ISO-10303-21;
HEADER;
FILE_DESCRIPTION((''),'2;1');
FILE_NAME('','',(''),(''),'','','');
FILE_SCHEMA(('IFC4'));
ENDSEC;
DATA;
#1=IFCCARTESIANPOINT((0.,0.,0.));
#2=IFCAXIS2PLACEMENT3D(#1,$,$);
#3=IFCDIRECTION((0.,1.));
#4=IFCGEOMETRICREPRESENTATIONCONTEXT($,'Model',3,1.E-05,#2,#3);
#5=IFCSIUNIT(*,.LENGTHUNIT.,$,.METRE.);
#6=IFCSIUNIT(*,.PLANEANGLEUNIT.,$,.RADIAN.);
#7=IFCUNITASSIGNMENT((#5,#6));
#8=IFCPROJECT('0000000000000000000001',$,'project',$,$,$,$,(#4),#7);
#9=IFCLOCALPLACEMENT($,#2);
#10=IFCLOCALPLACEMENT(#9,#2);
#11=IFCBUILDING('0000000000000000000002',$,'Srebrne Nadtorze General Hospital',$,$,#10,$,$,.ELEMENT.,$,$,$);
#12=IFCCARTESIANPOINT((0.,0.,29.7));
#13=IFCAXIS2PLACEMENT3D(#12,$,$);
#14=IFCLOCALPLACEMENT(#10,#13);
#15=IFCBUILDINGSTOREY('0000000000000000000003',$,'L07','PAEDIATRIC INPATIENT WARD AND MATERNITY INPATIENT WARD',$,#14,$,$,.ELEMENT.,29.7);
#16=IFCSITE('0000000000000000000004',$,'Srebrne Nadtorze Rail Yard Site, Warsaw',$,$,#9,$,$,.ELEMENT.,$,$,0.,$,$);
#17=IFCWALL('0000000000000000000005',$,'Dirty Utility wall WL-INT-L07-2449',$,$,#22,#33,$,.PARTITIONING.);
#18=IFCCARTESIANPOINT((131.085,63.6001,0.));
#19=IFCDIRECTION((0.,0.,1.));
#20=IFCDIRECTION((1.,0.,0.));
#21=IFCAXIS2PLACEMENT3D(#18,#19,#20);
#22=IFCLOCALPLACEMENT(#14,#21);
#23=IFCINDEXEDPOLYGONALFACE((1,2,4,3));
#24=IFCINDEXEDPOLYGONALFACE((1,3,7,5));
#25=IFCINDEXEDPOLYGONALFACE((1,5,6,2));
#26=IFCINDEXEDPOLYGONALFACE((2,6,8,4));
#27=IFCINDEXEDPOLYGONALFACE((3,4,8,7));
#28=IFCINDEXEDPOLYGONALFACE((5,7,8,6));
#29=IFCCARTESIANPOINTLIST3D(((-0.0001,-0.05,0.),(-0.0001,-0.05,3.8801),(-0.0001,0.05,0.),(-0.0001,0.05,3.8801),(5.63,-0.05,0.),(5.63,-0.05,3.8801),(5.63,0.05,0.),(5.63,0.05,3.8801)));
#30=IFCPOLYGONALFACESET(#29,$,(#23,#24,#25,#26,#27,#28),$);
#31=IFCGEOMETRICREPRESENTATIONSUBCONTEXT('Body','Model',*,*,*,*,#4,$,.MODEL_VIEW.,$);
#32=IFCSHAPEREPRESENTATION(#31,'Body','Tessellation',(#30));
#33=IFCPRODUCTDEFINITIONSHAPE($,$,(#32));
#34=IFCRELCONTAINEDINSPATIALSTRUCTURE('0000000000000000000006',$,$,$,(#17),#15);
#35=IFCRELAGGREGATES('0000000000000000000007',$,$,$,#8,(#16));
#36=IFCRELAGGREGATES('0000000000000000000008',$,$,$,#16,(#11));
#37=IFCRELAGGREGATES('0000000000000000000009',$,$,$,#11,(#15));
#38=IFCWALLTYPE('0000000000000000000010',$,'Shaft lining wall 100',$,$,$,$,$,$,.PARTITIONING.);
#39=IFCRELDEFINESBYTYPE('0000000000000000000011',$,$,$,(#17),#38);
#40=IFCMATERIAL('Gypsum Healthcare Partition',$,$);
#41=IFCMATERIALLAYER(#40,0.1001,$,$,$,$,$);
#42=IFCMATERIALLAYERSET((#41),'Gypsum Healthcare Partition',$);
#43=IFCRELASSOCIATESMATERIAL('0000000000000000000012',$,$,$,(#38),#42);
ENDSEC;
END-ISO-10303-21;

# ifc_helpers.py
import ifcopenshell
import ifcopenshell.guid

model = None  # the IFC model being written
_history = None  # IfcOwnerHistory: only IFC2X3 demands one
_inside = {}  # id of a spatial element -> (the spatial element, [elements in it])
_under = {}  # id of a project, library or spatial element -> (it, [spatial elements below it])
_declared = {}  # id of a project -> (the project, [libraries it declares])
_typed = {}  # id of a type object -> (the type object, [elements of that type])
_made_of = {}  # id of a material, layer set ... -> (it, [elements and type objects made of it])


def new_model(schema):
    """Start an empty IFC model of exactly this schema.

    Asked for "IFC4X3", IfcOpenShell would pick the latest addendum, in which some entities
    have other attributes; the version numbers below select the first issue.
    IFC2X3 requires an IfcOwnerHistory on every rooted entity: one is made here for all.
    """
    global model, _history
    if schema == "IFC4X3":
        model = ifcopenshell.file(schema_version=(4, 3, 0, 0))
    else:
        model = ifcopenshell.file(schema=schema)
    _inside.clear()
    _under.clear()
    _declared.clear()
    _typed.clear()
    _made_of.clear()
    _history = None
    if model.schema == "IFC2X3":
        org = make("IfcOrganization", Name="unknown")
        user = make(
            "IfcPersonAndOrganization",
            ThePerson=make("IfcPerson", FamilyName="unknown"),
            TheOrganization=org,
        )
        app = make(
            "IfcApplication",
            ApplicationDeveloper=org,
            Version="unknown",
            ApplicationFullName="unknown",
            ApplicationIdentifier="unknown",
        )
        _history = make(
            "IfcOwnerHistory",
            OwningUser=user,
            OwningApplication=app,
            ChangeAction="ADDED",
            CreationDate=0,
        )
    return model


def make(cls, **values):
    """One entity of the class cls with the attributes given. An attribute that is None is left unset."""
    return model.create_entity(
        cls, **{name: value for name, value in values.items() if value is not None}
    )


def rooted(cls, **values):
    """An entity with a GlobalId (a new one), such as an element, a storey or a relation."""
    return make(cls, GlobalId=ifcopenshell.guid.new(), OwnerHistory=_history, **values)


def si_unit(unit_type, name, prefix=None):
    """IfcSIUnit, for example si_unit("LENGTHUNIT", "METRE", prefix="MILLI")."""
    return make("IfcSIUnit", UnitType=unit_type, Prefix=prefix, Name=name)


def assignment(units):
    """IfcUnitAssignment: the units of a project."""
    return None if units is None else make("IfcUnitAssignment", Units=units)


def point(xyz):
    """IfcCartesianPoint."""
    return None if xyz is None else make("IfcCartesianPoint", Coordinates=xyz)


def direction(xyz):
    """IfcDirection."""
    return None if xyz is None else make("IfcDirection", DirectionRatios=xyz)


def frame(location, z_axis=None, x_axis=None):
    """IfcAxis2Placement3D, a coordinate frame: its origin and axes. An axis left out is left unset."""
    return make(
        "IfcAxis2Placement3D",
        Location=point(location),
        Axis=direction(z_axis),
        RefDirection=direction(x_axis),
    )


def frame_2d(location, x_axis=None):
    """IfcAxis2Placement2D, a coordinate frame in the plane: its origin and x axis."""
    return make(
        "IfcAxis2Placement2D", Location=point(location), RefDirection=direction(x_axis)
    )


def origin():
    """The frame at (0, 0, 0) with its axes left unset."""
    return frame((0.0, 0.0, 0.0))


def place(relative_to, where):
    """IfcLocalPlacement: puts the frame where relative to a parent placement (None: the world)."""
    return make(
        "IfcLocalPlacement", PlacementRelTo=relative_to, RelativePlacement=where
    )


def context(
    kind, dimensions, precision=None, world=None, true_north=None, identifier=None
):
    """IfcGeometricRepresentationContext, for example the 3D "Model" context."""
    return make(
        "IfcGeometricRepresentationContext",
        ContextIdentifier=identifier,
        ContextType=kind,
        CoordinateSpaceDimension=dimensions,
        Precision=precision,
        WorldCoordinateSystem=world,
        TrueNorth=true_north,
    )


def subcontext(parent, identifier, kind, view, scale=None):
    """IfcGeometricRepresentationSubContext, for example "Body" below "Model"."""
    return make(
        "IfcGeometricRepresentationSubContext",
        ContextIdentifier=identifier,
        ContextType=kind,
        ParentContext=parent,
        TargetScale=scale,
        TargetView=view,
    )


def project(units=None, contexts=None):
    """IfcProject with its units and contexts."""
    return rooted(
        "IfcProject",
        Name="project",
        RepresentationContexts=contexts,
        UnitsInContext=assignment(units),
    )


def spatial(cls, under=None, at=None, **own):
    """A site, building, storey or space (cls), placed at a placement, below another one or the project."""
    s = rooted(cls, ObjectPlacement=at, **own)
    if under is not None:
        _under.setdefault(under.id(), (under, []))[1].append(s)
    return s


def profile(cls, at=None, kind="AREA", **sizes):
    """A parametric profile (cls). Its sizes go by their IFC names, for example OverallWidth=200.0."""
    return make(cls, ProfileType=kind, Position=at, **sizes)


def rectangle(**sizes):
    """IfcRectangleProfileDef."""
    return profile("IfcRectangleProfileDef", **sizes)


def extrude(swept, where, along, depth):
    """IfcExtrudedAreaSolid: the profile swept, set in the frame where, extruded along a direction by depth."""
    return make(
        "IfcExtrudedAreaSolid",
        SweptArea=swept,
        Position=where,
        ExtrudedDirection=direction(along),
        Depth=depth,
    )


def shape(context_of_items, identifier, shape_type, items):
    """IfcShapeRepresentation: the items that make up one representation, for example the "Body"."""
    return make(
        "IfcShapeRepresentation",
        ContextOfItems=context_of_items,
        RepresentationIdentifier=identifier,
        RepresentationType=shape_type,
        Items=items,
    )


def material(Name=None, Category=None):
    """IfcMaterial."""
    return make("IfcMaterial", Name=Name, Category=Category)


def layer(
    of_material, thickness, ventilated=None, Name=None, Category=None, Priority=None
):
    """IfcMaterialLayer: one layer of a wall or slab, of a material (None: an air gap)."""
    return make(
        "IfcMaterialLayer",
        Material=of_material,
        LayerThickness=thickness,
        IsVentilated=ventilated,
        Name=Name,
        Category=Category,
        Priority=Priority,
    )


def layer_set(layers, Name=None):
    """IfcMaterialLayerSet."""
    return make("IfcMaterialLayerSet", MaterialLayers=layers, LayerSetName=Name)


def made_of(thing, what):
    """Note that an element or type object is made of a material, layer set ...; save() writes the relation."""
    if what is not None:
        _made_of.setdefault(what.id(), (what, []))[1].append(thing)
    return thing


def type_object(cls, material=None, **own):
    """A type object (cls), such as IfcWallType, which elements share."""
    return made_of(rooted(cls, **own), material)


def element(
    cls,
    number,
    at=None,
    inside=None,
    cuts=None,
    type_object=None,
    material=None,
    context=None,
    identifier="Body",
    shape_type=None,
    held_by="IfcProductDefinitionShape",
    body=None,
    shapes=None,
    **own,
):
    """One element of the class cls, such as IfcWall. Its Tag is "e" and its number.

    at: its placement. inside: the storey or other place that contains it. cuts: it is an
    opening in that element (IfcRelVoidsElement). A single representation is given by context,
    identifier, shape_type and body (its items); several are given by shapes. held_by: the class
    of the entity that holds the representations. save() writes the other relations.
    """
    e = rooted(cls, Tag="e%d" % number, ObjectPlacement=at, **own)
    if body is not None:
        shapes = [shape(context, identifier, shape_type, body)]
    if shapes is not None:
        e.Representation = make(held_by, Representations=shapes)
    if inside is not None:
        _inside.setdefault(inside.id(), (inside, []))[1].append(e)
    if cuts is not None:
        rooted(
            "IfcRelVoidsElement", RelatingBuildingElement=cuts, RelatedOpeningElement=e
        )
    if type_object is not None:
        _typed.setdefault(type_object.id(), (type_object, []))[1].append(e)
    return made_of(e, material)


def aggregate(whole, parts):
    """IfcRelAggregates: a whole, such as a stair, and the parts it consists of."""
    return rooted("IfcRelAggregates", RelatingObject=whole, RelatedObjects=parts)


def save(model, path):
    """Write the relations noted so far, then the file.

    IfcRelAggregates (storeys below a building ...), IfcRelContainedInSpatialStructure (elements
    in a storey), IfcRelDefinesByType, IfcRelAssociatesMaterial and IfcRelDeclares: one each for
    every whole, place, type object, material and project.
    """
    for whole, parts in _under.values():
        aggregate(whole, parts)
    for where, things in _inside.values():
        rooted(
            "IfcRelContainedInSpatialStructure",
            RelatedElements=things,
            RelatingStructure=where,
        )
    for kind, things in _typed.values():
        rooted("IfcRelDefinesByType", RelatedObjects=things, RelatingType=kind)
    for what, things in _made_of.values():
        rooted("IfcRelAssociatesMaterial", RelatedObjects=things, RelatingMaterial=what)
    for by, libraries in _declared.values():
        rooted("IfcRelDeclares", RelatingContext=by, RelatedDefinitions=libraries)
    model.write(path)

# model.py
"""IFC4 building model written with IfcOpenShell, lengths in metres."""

from ifc_helpers import new_model, si_unit, direction, frame, frame_2d, origin, place, context, subcontext, project, spatial, rectangle, extrude, material, layer, layer_set, type_object, element, save


model = new_model("IFC4")

# Units and contexts
model_context = context("Model", 3, precision=1e-05, world=origin(), true_north=direction((0.0, 1.0)))
body_context = subcontext(model_context, "Body", "Model", "MODEL_VIEW")
ifc_project = project(units=[si_unit("LENGTHUNIT", "METRE"), si_unit("PLANEANGLEUNIT", "RADIAN")], contexts=[model_context])

# Site, building, storey
site_placement = place(None, origin())
site = spatial("IfcSite", under=ifc_project, at=site_placement, Name="Srebrne Nadtorze Rail Yard Site, Warsaw", CompositionType="ELEMENT", RefElevation=0.0)
building_placement = place(site_placement, origin())
building = spatial("IfcBuilding", under=site, at=building_placement, Name="Srebrne Nadtorze General Hospital", CompositionType="ELEMENT")
storey_placement = place(building_placement, frame((0.0, 0.0, 29.7)))
storey = spatial("IfcBuildingStorey", under=building, at=storey_placement, Name="L07", Description="PAEDIATRIC INPATIENT WARD AND MATERNITY INPATIENT WARD", CompositionType="ELEMENT", Elevation=29.7)

# Shared definitions
ifc_material_1 = material(Name="Gypsum Healthcare Partition")
ifc_layer_1 = layer(ifc_material_1, 0.1001)
ifc_layer_set_1 = layer_set([ifc_layer_1], Name="Gypsum Healthcare Partition")
wall_type_1 = type_object("IfcWallType", Name="Shaft lining wall 100", PredefinedType="PARTITIONING", material=ifc_layer_set_1)

# Wall
wall_1_placement = place(storey_placement, frame((131.085, 63.6001, 0.0), z_axis=(0.0, 0.0, 1.0), x_axis=(1.0, 0.0, 0.0)))
element("IfcWall", 1, at=wall_1_placement, inside=storey, type_object=wall_type_1, Name="Dirty Utility wall WL-INT-L07-2449", PredefinedType="PARTITIONING", context=body_context, shape_type="SweptSolid", body=[
    extrude(rectangle(XDim=5.6301, YDim=0.1001, at=frame_2d((2.8149, 0.0))), origin(), (0.0, 0.0, 1.0), 3.8801),
])

save(model, "model.ifc")
